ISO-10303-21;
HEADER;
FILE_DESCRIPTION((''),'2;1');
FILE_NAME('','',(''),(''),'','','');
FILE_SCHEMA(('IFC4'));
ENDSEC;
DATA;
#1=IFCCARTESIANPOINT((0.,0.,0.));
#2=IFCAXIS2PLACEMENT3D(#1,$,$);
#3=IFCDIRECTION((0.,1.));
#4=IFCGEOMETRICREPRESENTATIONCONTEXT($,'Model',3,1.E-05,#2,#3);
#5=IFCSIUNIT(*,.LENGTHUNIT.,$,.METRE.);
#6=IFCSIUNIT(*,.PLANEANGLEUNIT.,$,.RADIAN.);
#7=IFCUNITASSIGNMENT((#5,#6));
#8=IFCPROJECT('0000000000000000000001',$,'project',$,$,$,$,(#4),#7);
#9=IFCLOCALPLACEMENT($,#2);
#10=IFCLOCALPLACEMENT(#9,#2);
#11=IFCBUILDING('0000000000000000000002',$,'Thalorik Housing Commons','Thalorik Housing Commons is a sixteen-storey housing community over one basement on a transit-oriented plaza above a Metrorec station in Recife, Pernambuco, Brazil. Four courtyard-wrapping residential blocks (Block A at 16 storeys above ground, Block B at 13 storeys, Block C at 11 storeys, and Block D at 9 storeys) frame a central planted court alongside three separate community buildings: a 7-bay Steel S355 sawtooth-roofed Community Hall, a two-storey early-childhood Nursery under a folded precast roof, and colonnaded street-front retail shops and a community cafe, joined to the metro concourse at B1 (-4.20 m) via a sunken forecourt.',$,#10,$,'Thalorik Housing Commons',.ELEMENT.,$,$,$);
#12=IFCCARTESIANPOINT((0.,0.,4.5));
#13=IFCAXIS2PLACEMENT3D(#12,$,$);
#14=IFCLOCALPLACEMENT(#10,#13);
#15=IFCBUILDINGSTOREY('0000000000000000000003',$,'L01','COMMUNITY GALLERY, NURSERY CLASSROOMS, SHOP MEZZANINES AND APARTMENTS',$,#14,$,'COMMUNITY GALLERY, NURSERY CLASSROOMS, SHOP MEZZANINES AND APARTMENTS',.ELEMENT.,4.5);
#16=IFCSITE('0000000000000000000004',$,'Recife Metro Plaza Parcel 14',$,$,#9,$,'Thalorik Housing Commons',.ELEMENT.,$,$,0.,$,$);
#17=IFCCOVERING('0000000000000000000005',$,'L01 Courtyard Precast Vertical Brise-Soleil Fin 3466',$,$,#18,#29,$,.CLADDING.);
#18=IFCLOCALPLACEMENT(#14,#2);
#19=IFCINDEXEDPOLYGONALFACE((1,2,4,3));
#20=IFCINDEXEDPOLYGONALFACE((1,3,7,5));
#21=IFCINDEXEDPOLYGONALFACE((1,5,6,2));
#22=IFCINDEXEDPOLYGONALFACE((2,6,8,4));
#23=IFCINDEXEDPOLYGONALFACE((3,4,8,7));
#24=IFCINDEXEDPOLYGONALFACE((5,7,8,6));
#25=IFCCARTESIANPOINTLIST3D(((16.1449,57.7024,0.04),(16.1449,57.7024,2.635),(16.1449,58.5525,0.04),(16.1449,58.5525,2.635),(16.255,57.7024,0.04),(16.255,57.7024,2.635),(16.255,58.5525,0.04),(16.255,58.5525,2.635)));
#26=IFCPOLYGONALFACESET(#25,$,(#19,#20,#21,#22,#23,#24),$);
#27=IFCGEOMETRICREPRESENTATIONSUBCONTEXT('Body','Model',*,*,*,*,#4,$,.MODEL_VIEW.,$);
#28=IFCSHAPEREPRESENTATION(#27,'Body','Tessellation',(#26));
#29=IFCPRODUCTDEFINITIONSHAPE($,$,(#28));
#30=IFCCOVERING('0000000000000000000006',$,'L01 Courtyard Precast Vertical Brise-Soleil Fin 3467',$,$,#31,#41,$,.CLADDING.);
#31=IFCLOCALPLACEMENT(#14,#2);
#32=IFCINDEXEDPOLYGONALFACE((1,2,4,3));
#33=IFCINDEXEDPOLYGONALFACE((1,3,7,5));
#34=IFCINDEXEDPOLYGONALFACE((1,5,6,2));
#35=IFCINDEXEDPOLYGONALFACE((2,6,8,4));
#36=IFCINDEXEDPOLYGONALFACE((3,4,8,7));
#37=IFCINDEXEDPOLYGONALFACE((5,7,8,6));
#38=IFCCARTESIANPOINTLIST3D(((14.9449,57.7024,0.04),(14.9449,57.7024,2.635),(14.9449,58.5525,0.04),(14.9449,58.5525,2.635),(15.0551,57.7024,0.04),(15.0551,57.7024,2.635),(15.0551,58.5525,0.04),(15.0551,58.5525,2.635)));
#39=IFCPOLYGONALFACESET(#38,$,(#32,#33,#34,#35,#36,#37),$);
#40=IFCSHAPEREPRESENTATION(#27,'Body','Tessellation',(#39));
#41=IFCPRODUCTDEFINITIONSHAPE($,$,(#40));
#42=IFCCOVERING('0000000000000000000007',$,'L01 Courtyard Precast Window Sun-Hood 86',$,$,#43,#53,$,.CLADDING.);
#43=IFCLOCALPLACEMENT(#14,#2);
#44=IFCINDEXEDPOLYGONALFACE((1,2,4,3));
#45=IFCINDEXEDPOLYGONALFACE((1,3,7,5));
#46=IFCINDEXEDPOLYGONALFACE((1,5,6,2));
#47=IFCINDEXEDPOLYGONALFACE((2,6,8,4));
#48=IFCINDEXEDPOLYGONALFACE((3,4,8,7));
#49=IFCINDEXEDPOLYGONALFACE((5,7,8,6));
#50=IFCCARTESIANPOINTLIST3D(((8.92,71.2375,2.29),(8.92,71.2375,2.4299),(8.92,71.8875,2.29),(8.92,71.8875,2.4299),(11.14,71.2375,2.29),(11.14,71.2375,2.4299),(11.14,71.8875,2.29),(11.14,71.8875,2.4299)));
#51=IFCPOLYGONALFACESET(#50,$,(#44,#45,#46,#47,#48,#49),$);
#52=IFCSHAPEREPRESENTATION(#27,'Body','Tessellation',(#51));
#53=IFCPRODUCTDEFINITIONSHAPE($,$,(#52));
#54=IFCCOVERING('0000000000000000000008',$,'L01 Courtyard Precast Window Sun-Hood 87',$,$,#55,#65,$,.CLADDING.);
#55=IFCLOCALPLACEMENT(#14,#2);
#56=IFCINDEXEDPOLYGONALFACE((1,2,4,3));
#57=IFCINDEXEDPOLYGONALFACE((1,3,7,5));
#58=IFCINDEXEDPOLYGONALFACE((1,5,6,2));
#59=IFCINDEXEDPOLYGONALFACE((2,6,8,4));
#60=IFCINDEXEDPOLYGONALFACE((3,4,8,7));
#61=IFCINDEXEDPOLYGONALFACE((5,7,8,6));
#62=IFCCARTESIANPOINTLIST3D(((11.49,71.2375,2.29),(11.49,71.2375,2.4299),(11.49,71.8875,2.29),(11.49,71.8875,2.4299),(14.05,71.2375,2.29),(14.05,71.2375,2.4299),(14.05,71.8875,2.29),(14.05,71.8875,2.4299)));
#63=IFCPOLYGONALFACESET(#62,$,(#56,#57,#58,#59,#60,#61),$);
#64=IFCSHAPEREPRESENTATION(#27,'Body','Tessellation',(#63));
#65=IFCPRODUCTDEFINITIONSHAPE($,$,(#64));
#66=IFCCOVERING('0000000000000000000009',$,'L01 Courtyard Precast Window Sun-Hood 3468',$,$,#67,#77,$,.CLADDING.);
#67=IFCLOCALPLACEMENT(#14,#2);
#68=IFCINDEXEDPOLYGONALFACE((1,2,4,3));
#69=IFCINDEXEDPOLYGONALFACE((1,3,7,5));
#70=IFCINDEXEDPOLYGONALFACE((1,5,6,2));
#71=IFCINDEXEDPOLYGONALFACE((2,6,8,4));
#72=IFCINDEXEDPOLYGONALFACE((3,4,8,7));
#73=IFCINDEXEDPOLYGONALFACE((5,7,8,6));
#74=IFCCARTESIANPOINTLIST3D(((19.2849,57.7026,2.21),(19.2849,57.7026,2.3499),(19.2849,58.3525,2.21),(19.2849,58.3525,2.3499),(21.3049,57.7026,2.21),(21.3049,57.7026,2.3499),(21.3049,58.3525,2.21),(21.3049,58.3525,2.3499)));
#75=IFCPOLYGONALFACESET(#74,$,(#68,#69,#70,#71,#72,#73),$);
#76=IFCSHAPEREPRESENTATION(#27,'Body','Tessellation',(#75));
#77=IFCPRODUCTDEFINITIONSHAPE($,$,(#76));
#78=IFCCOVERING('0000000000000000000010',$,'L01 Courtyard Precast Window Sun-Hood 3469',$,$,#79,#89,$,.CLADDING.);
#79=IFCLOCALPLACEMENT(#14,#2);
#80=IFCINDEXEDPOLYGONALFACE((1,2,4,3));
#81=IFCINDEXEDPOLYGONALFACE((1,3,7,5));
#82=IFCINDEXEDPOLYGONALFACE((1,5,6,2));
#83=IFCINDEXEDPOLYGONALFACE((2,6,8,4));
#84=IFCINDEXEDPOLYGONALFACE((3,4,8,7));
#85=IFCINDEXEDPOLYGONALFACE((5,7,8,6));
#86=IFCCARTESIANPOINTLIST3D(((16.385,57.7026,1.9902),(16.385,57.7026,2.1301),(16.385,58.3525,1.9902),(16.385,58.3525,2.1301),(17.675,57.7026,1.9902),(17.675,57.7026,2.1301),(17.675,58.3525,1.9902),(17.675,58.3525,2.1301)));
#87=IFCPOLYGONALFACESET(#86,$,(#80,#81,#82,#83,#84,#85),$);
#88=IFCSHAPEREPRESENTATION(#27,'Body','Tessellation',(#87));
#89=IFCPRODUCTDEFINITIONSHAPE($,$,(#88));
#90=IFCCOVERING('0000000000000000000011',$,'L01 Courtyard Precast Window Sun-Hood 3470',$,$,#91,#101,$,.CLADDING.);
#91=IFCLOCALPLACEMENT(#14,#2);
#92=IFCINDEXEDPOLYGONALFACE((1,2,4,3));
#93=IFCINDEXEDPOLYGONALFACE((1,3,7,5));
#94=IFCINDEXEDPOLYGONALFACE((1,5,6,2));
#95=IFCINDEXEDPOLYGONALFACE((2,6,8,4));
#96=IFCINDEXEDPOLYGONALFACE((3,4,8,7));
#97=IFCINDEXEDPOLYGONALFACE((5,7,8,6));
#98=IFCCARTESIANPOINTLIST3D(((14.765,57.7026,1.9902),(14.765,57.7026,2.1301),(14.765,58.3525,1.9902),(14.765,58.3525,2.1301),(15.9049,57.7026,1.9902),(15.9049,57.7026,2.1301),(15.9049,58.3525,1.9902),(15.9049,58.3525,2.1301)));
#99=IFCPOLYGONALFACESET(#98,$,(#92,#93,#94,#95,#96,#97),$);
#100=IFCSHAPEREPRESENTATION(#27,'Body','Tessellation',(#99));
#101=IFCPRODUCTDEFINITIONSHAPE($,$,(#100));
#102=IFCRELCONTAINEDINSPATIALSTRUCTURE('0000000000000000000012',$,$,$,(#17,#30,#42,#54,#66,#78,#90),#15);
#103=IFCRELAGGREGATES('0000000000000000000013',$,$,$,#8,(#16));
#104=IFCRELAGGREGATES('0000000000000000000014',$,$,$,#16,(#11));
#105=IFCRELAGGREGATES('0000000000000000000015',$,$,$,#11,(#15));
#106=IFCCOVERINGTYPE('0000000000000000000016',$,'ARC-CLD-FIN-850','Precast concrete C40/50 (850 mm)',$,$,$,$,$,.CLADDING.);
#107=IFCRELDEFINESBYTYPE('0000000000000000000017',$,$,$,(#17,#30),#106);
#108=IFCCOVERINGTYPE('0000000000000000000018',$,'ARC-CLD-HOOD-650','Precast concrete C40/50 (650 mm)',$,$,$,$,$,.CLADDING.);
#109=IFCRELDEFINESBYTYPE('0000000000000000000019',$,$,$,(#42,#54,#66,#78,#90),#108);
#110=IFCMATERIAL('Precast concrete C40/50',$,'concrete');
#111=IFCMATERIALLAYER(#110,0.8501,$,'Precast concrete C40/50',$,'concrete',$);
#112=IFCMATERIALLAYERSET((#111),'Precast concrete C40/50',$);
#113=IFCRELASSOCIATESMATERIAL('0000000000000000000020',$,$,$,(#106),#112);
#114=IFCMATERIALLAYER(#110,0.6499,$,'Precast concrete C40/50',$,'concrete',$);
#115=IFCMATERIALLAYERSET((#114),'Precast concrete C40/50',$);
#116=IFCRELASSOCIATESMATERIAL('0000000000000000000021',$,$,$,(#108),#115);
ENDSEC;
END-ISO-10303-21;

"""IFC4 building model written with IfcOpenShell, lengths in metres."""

from ifc_helpers import new_model, si_unit, direction, frame, origin, origin_2d, place, context, subcontext, project, spatial, rectangle, extrude, material, layer, layer_set, type_object, element, save


model = new_model("IFC4")

# Units and contexts
model_context = context("Model", 3, precision=1e-05, world=origin(), true_north=direction((0.0, 1.0)))
body_context = subcontext(model_context, "Body", "Model", "MODEL_VIEW")
ifc_project = project(units=[si_unit("LENGTHUNIT", "METRE"), si_unit("PLANEANGLEUNIT", "RADIAN")], contexts=[model_context])

# Site, building, storey
site_placement = place(None, origin())
site = spatial("IfcSite", under=ifc_project, at=site_placement, Name="Recife Metro Plaza Parcel 14", LongName="Thalorik Housing Commons", CompositionType="ELEMENT", RefElevation=0.0)
building_placement = place(site_placement, origin())
building = spatial("IfcBuilding", under=site, at=building_placement, Name="Thalorik Housing Commons", Description="Thalorik Housing Commons is a sixteen-storey housing community over one basement on a transit-oriented plaza above a Metrorec station in Recife, Pernambuco, Brazil. Four courtyard-wrapping residential blocks (Block A at 16 storeys above ground, Block B at 13 storeys, Block C at 11 storeys, and Block D at 9 storeys) frame a central planted court alongside three separate community buildings: a 7-bay Steel S355 sawtooth-roofed Community Hall, a two-storey early-childhood Nursery under a folded precast roof, and colonnaded street-front retail shops and a community cafe, joined to the metro concourse at B1 (-4.20 m) via a sunken forecourt.", LongName="Thalorik Housing Commons", CompositionType="ELEMENT")
storey_placement = place(building_placement, frame((0.0, 0.0, 4.5)))
storey = spatial("IfcBuildingStorey", under=building, at=storey_placement, Name="L01", Description="COMMUNITY GALLERY, NURSERY CLASSROOMS, SHOP MEZZANINES AND APARTMENTS", LongName="COMMUNITY GALLERY, NURSERY CLASSROOMS, SHOP MEZZANINES AND APARTMENTS", CompositionType="ELEMENT", Elevation=4.5)

# Shared definitions
ifc_material_1 = material(Name="Precast concrete C40/50", Category="concrete")

# Coverings
ifc_layer_1 = layer(ifc_material_1, 0.8501, Name="Precast concrete C40/50", Category="concrete")
ifc_layer_set_1 = layer_set([ifc_layer_1], Name="Precast concrete C40/50")
covering_type_1 = type_object("IfcCoveringType", Name="ARC-CLD-FIN-850", Description="Precast concrete C40/50 (850 mm)", PredefinedType="CLADDING", material=ifc_layer_set_1)
for number, where, z_axis, x_axis, name in (
    (1, (16.2, 58.1274, 0.04), (0.0, 0.0, 1.0), (-1.0, 0.0, 0.0), "L01 Courtyard Precast Vertical Brise-Soleil Fin 3466"),
    (2, (15.0, 58.1274, 0.04), (0.0, 0.0, 1.0), (-1.0, 0.0, 0.0), "L01 Courtyard Precast Vertical Brise-Soleil Fin 3467"),
):
    element("IfcCovering", number, at=place(storey_placement, frame(where, z_axis=z_axis, x_axis=x_axis)), inside=storey, type_object=covering_type_1, Name=name, PredefinedType="CLADDING", context=body_context, shape_type="SweptSolid", body=[
        extrude(rectangle(XDim=0.1101, YDim=0.8501, at=origin_2d()), origin(), (0.0, 0.0, 1.0), 2.595),
    ])
ifc_layer_2 = layer(ifc_material_1, 0.6499, Name="Precast concrete C40/50", Category="concrete")
ifc_layer_set_2 = layer_set([ifc_layer_2], Name="Precast concrete C40/50")
covering_type_2 = type_object("IfcCoveringType", Name="ARC-CLD-HOOD-650", Description="Precast concrete C40/50 (650 mm)", PredefinedType="CLADDING", material=ifc_layer_set_2)
covering_1_placement = place(storey_placement, frame((10.03, 71.5625, 2.29), z_axis=(0.0, 0.0, 1.0), x_axis=(1.0, 0.0, 0.0)))
element("IfcCovering", 3, at=covering_1_placement, inside=storey, type_object=covering_type_2, Name="L01 Courtyard Precast Window Sun-Hood 86", PredefinedType="CLADDING", context=body_context, shape_type="SweptSolid", body=[
    extrude(rectangle(XDim=2.22, YDim=0.6499, at=origin_2d()), origin(), (0.0, 0.0, 1.0), 0.1399),
])
covering_2_placement = place(storey_placement, frame((12.77, 71.5625, 2.29), z_axis=(0.0, 0.0, 1.0), x_axis=(1.0, 0.0, 0.0)))
element("IfcCovering", 4, at=covering_2_placement, inside=storey, type_object=covering_type_2, Name="L01 Courtyard Precast Window Sun-Hood 87", PredefinedType="CLADDING", context=body_context, shape_type="SweptSolid", body=[
    extrude(rectangle(XDim=2.5601, YDim=0.6499, at=origin_2d()), origin(), (0.0, 0.0, 1.0), 0.1399),
])
covering_3_placement = place(storey_placement, frame((20.2949, 58.0276, 2.21), z_axis=(0.0, 0.0, 1.0), x_axis=(-1.0, 0.0, 0.0)))
element("IfcCovering", 5, at=covering_3_placement, inside=storey, type_object=covering_type_2, Name="L01 Courtyard Precast Window Sun-Hood 3468", PredefinedType="CLADDING", context=body_context, shape_type="SweptSolid", body=[
    extrude(rectangle(XDim=2.02, YDim=0.6499, at=origin_2d()), origin(), (0.0, 0.0, 1.0), 0.1399),
])
covering_4_placement = place(storey_placement, frame((17.03, 58.0276, 1.9902), z_axis=(0.0, 0.0, 1.0), x_axis=(-1.0, 0.0, 0.0)))
element("IfcCovering", 6, at=covering_4_placement, inside=storey, type_object=covering_type_2, Name="L01 Courtyard Precast Window Sun-Hood 3469", PredefinedType="CLADDING", context=body_context, shape_type="SweptSolid", body=[
    extrude(rectangle(XDim=1.29, YDim=0.6499, at=origin_2d()), origin(), (0.0, 0.0, 1.0), 0.1399),
])
covering_5_placement = place(storey_placement, frame((15.335, 58.0276, 1.9902), z_axis=(0.0, 0.0, 1.0), x_axis=(-1.0, 0.0, 0.0)))
element("IfcCovering", 7, at=covering_5_placement, inside=storey, type_object=covering_type_2, Name="L01 Courtyard Precast Window Sun-Hood 3470", PredefinedType="CLADDING", context=body_context, shape_type="SweptSolid", body=[
    extrude(rectangle(XDim=1.1399, YDim=0.6499, at=origin_2d()), origin(), (0.0, 0.0, 1.0), 0.1399),
])

save(model, "model.ifc")
